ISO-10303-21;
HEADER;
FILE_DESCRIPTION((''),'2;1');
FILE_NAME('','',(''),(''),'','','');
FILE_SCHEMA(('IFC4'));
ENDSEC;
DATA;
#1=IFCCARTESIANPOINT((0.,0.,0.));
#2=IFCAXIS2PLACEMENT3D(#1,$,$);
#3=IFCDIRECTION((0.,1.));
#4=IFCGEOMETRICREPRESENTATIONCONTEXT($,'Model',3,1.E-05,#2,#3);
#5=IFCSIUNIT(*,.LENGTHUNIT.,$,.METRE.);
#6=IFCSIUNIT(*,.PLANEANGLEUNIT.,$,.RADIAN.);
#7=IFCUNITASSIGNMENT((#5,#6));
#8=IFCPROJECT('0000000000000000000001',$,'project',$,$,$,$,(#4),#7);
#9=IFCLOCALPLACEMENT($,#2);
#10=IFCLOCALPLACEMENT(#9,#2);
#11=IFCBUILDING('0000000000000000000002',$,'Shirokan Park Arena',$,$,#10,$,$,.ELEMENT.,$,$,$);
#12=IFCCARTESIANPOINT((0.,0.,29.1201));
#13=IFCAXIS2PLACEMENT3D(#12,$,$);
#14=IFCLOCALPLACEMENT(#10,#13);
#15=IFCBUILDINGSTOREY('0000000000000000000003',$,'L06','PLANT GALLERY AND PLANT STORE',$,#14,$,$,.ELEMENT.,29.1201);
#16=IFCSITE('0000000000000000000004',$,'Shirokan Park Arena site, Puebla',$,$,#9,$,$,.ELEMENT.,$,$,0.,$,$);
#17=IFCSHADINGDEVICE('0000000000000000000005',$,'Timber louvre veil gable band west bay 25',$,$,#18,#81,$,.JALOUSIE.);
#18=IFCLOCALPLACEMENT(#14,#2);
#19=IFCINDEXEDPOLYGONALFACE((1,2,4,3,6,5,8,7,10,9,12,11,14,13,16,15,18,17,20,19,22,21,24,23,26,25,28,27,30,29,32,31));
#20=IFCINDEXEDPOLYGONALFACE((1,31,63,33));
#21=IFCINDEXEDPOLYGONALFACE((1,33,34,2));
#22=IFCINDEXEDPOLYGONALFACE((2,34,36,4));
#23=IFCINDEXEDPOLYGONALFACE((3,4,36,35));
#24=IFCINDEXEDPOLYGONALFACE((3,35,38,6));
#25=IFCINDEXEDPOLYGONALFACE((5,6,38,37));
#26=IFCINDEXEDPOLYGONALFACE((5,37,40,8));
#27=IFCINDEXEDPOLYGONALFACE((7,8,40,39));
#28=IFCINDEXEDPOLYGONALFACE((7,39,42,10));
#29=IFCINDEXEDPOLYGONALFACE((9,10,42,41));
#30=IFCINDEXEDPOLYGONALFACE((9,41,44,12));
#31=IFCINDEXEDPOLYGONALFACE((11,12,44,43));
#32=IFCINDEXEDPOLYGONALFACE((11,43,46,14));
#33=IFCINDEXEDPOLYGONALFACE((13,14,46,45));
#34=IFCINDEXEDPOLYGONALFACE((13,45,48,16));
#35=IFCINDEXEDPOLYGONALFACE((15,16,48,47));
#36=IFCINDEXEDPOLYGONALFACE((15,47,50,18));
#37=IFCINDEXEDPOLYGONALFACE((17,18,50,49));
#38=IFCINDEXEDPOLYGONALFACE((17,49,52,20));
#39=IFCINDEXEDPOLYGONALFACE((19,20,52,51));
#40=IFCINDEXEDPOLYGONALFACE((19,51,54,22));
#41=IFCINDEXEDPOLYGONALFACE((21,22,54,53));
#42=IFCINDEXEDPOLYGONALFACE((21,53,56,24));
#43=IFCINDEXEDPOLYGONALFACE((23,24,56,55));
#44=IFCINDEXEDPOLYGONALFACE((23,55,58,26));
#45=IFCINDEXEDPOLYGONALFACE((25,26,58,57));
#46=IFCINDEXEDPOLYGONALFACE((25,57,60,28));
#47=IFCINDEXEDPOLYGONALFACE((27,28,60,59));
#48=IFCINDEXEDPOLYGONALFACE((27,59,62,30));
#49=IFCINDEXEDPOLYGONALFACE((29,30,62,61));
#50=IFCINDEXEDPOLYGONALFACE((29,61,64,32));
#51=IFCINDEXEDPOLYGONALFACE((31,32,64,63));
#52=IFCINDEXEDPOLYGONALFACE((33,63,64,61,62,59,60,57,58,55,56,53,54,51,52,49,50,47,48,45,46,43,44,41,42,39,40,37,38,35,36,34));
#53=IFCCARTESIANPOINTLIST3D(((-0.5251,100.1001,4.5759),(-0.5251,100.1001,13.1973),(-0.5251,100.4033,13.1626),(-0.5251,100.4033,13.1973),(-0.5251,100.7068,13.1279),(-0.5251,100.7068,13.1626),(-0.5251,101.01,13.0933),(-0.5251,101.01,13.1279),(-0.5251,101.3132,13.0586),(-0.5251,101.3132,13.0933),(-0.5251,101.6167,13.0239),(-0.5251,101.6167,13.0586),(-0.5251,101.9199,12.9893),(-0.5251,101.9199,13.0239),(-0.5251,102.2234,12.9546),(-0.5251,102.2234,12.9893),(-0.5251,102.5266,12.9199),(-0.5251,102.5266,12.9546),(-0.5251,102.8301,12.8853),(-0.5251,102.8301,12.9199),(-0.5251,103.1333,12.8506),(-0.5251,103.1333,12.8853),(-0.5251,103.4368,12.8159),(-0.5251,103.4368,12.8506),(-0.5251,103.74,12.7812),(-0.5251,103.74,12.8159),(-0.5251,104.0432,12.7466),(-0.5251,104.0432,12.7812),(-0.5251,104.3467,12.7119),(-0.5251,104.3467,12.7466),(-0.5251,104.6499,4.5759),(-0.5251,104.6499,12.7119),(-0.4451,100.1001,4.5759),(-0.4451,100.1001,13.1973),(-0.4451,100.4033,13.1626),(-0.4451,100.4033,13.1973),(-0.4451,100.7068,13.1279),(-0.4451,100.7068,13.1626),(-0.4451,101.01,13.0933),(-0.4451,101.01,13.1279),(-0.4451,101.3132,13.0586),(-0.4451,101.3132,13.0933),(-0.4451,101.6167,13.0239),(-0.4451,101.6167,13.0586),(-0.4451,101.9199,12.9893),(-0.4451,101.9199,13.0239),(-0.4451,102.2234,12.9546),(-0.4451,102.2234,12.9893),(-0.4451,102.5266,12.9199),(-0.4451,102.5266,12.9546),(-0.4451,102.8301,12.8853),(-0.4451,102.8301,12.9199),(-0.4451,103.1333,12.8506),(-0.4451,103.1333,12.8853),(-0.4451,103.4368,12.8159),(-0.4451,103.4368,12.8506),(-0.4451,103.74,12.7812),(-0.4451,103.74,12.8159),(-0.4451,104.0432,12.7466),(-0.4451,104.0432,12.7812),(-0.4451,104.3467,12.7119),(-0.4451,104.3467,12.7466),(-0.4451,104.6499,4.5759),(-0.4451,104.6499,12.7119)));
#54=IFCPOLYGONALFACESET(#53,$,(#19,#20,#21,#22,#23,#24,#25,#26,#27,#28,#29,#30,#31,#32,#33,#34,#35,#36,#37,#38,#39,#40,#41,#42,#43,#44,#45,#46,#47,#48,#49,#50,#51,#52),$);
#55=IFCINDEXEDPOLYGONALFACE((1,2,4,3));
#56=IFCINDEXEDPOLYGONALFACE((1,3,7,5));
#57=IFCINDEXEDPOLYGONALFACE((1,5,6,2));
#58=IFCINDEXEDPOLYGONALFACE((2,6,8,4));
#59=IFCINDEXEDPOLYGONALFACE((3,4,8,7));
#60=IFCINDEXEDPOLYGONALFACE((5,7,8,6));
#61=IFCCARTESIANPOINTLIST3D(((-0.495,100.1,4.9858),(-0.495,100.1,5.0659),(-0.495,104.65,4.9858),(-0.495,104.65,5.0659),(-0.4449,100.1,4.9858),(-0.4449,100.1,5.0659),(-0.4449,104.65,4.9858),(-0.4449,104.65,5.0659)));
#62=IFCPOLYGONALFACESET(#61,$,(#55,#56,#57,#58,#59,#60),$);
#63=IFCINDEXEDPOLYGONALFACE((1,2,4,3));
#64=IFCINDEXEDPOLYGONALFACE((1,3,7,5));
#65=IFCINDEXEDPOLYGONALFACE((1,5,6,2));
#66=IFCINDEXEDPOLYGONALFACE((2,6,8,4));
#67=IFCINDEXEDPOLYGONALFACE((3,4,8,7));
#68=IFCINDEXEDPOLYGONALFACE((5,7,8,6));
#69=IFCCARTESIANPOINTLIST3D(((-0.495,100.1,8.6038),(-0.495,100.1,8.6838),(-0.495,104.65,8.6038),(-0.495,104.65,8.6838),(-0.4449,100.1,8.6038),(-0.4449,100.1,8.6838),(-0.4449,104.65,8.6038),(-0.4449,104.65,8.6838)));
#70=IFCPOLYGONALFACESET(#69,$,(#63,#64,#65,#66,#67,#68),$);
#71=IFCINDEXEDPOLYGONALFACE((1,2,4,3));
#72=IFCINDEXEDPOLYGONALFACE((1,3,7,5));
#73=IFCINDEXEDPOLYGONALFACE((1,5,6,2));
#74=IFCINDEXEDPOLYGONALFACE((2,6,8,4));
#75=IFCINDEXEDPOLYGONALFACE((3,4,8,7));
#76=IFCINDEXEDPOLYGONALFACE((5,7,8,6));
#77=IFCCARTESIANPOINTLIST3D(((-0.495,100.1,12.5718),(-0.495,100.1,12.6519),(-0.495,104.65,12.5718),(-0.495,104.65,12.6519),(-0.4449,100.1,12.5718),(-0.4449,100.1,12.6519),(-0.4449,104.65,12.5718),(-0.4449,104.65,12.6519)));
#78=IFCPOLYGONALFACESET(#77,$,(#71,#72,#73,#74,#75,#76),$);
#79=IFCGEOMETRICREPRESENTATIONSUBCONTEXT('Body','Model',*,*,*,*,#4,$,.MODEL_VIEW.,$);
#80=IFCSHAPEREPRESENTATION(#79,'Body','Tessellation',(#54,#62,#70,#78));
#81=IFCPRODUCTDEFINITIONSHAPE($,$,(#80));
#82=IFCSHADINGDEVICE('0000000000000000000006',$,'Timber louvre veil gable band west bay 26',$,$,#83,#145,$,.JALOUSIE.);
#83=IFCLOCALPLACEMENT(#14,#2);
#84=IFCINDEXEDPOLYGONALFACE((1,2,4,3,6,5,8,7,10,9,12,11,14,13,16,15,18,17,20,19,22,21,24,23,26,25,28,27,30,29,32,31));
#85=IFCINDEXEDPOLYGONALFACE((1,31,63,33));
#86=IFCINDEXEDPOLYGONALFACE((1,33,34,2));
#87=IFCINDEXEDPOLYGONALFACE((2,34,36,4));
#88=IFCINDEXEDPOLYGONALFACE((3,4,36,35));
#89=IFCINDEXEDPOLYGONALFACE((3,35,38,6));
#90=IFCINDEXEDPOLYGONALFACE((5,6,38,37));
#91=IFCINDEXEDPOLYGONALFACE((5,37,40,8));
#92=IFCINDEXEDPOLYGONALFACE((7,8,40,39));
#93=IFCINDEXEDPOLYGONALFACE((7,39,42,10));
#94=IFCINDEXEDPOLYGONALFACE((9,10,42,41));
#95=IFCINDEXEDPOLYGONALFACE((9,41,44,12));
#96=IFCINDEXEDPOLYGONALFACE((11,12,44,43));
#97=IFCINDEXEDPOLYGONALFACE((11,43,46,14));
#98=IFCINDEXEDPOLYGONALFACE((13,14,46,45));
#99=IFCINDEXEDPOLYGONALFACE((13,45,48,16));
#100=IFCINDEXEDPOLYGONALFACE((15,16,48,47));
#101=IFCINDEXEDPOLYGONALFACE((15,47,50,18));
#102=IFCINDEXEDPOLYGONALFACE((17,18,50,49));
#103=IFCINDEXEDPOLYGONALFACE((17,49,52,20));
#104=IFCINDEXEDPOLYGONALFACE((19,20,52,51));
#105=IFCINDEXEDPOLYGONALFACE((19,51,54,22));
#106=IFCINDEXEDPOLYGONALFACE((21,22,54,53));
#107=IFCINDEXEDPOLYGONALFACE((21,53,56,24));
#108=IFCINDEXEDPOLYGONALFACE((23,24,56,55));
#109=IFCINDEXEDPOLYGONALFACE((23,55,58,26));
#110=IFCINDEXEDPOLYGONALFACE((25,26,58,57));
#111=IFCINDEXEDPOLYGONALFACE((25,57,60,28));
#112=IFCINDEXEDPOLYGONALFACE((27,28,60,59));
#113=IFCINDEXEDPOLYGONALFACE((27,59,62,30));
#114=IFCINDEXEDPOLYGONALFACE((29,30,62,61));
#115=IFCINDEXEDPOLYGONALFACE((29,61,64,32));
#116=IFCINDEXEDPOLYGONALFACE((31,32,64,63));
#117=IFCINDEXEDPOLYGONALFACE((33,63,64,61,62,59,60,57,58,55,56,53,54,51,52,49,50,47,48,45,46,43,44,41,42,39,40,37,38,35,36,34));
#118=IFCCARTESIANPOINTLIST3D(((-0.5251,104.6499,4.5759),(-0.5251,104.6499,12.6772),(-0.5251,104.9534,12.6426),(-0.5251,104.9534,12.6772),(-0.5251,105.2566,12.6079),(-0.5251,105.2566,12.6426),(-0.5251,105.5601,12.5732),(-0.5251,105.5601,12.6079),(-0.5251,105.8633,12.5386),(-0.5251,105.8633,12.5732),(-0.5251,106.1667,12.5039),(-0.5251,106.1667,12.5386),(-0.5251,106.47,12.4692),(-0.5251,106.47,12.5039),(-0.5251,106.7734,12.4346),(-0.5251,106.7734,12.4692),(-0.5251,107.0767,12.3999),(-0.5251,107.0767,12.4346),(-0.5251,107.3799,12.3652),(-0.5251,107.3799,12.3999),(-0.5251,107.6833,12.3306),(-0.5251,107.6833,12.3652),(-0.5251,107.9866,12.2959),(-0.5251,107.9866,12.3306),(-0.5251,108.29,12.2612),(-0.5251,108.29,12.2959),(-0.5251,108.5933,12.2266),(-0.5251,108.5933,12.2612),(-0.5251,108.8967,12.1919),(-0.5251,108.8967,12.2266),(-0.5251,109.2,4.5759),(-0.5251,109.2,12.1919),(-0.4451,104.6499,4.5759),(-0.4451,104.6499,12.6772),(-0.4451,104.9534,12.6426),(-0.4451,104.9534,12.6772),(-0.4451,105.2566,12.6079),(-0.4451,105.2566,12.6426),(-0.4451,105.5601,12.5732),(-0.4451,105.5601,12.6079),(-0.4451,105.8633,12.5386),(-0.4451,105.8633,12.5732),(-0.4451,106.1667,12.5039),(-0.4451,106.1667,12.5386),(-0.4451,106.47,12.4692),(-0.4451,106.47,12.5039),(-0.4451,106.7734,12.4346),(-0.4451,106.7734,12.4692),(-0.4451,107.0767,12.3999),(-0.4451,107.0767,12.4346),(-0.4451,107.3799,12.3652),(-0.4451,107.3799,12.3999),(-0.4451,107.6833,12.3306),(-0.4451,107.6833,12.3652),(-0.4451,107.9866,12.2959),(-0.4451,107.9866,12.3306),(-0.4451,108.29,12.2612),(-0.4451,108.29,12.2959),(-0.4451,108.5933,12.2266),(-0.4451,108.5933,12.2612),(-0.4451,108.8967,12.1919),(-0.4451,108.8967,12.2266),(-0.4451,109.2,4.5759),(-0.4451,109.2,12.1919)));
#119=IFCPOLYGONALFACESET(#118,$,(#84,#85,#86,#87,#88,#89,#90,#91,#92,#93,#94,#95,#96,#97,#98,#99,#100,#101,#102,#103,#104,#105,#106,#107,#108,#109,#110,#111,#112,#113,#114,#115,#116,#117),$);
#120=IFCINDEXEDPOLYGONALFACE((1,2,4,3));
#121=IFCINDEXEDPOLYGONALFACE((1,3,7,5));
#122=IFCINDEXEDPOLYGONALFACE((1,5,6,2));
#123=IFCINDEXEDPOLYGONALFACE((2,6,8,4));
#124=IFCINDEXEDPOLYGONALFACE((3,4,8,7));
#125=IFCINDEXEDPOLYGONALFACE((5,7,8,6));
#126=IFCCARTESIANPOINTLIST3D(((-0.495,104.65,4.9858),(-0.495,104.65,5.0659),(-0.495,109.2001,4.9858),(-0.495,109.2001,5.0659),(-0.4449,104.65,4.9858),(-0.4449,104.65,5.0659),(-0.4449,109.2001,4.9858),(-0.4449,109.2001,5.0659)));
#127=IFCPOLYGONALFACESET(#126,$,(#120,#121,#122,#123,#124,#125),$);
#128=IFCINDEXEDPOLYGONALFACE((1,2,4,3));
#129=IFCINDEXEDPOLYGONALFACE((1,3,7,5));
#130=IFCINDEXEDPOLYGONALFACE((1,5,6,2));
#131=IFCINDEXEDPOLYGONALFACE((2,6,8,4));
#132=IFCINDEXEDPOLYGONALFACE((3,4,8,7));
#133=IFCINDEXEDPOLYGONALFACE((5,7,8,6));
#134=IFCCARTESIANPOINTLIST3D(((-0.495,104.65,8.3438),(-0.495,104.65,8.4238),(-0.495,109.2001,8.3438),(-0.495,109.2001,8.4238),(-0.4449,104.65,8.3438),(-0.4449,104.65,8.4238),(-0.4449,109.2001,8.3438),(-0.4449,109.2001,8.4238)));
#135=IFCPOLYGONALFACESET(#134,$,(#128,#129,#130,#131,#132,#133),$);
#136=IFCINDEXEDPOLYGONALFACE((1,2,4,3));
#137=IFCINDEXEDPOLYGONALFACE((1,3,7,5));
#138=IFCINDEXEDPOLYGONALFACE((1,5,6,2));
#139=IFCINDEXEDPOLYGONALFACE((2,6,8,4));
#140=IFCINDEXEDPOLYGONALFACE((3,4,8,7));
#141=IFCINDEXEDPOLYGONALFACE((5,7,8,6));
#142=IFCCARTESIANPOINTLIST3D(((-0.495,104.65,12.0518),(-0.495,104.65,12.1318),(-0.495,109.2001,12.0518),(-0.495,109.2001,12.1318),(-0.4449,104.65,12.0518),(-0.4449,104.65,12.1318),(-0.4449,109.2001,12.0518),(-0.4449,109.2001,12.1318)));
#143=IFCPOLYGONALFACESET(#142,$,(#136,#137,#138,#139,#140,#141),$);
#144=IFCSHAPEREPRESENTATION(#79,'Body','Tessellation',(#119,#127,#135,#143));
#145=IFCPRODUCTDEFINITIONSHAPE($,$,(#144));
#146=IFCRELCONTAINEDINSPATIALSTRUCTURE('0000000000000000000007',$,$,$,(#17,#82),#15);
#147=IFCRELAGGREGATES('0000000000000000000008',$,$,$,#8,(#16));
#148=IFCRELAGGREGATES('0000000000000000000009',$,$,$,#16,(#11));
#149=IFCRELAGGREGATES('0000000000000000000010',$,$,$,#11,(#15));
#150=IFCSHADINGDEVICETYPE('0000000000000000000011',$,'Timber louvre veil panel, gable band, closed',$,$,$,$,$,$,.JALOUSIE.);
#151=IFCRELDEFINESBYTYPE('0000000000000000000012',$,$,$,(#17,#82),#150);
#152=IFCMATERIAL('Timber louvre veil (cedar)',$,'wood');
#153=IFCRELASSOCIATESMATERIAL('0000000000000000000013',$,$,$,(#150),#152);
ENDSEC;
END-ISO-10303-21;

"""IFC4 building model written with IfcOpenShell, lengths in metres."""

from ifc_helpers import new_model, si_unit, direction, frame, origin, origin_2d, place, context, subcontext, project, spatial, polyline, rectangle, outline, extrude, material, type_object, element, save


model = new_model("IFC4")

# Units and contexts
model_context = context("Model", 3, precision=1e-05, world=origin(), true_north=direction((0.0, 1.0)))
body_context = subcontext(model_context, "Body", "Model", "MODEL_VIEW")
ifc_project = project(units=[si_unit("LENGTHUNIT", "METRE"), si_unit("PLANEANGLEUNIT", "RADIAN")], contexts=[model_context])

# Site, building, storey
site_placement = place(None, origin())
site = spatial("IfcSite", under=ifc_project, at=site_placement, Name="Shirokan Park Arena site, Puebla", CompositionType="ELEMENT", RefElevation=0.0)
building_placement = place(site_placement, origin())
building = spatial("IfcBuilding", under=site, at=building_placement, Name="Shirokan Park Arena", CompositionType="ELEMENT")
storey_placement = place(building_placement, frame((0.0, 0.0, 29.1201)))
storey = spatial("IfcBuildingStorey", under=building, at=storey_placement, Name="L06", Description="PLANT GALLERY AND PLANT STORE", CompositionType="ELEMENT", Elevation=29.1201)

# Shading devices
ifc_material = material(Name="Timber louvre veil (cedar)", Category="wood")
shading_device_type_1 = type_object("IfcShadingDeviceType", Name="Timber louvre veil panel, gable band, closed", PredefinedType="JALOUSIE", material=ifc_material)
shading_device_1_placement = place(storey_placement, origin())
element("IfcShadingDevice", 1, at=shading_device_1_placement, inside=storey, type_object=shading_device_type_1, Name="Timber louvre veil gable band west bay 25", PredefinedType="JALOUSIE", context=body_context, shape_type="SweptSolid", body=[
    extrude(outline(polyline([(104.6499, 4.5759), (104.6499, 12.7119), (104.3467, 12.7119), (104.3467, 12.7466), (104.0432, 12.7466), (104.0432, 12.7812), (103.74, 12.7812), (103.74, 12.8159), (103.4368, 12.8159), (103.4368, 12.8506), (103.1333, 12.8506), (103.1333, 12.8853), (102.8301, 12.8853), (102.8301, 12.9199), (102.5266, 12.9199), (102.5266, 12.9546), (102.2234, 12.9546), (102.2234, 12.9893), (101.9199, 12.9893), (101.9199, 13.0239), (101.6167, 13.0239), (101.6167, 13.0586), (101.3132, 13.0586), (101.3132, 13.0933), (101.01, 13.0933), (101.01, 13.1279), (100.7068, 13.1279), (100.7068, 13.1626), (100.4033, 13.1626), (100.4033, 13.1973), (100.1001, 13.1973), (100.1001, 4.5759), (104.6499, 4.5759)])), frame((-0.5251, 0.0, 0.0), z_axis=(1.0, 0.0, 0.0), x_axis=(0.0, 1.0, 0.0)), (0.0, 0.0, 1.0), 0.0801),
    extrude(rectangle(XDim=0.05, YDim=4.55, at=origin_2d()), frame((-0.47, 102.375, 4.9858), z_axis=(0.0, 0.0, 1.0), x_axis=(1.0, 0.0, 0.0)), (0.0, 0.0, 1.0), 0.0801),
    extrude(rectangle(XDim=0.05, YDim=4.55, at=origin_2d()), frame((-0.47, 102.375, 8.6038), z_axis=(0.0, 0.0, 1.0), x_axis=(1.0, 0.0, 0.0)), (0.0, 0.0, 1.0), 0.0801),
    extrude(rectangle(XDim=0.05, YDim=4.55, at=origin_2d()), frame((-0.47, 102.375, 12.5718), z_axis=(0.0, 0.0, 1.0), x_axis=(1.0, 0.0, 0.0)), (0.0, 0.0, 1.0), 0.0801),
])
shading_device_2_placement = place(storey_placement, origin())
element("IfcShadingDevice", 2, at=shading_device_2_placement, inside=storey, type_object=shading_device_type_1, Name="Timber louvre veil gable band west bay 26", PredefinedType="JALOUSIE", context=body_context, shape_type="SweptSolid", body=[
    extrude(outline(polyline([(109.2, 4.5759), (109.2, 12.1919), (108.8967, 12.1919), (108.8967, 12.2266), (108.5933, 12.2266), (108.5933, 12.2612), (108.29, 12.2612), (108.29, 12.2959), (107.9866, 12.2959), (107.9866, 12.3306), (107.6833, 12.3306), (107.6833, 12.3652), (107.3799, 12.3652), (107.3799, 12.3999), (107.0767, 12.3999), (107.0767, 12.4346), (106.7734, 12.4346), (106.7734, 12.4692), (106.47, 12.4692), (106.47, 12.5039), (106.1667, 12.5039), (106.1667, 12.5386), (105.8633, 12.5386), (105.8633, 12.5732), (105.5601, 12.5732), (105.5601, 12.6079), (105.2566, 12.6079), (105.2566, 12.6426), (104.9534, 12.6426), (104.9534, 12.6772), (104.6499, 12.6772), (104.6499, 4.5759), (109.2, 4.5759)])), frame((-0.5251, 0.0, 0.0), z_axis=(1.0, 0.0, 0.0), x_axis=(0.0, 1.0, 0.0)), (0.0, 0.0, 1.0), 0.0801),
    extrude(rectangle(XDim=0.05, YDim=4.55, at=origin_2d()), frame((-0.47, 106.925, 4.9858), z_axis=(0.0, 0.0, 1.0), x_axis=(1.0, 0.0, 0.0)), (0.0, 0.0, 1.0), 0.0801),
    extrude(rectangle(XDim=0.05, YDim=4.55, at=origin_2d()), frame((-0.47, 106.925, 8.3438), z_axis=(0.0, 0.0, 1.0), x_axis=(1.0, 0.0, 0.0)), (0.0, 0.0, 1.0), 0.0801),
    extrude(rectangle(XDim=0.05, YDim=4.55, at=origin_2d()), frame((-0.47, 106.925, 12.0518), z_axis=(0.0, 0.0, 1.0), x_axis=(1.0, 0.0, 0.0)), (0.0, 0.0, 1.0), 0.0801),
])

save(model, "model.ifc")
